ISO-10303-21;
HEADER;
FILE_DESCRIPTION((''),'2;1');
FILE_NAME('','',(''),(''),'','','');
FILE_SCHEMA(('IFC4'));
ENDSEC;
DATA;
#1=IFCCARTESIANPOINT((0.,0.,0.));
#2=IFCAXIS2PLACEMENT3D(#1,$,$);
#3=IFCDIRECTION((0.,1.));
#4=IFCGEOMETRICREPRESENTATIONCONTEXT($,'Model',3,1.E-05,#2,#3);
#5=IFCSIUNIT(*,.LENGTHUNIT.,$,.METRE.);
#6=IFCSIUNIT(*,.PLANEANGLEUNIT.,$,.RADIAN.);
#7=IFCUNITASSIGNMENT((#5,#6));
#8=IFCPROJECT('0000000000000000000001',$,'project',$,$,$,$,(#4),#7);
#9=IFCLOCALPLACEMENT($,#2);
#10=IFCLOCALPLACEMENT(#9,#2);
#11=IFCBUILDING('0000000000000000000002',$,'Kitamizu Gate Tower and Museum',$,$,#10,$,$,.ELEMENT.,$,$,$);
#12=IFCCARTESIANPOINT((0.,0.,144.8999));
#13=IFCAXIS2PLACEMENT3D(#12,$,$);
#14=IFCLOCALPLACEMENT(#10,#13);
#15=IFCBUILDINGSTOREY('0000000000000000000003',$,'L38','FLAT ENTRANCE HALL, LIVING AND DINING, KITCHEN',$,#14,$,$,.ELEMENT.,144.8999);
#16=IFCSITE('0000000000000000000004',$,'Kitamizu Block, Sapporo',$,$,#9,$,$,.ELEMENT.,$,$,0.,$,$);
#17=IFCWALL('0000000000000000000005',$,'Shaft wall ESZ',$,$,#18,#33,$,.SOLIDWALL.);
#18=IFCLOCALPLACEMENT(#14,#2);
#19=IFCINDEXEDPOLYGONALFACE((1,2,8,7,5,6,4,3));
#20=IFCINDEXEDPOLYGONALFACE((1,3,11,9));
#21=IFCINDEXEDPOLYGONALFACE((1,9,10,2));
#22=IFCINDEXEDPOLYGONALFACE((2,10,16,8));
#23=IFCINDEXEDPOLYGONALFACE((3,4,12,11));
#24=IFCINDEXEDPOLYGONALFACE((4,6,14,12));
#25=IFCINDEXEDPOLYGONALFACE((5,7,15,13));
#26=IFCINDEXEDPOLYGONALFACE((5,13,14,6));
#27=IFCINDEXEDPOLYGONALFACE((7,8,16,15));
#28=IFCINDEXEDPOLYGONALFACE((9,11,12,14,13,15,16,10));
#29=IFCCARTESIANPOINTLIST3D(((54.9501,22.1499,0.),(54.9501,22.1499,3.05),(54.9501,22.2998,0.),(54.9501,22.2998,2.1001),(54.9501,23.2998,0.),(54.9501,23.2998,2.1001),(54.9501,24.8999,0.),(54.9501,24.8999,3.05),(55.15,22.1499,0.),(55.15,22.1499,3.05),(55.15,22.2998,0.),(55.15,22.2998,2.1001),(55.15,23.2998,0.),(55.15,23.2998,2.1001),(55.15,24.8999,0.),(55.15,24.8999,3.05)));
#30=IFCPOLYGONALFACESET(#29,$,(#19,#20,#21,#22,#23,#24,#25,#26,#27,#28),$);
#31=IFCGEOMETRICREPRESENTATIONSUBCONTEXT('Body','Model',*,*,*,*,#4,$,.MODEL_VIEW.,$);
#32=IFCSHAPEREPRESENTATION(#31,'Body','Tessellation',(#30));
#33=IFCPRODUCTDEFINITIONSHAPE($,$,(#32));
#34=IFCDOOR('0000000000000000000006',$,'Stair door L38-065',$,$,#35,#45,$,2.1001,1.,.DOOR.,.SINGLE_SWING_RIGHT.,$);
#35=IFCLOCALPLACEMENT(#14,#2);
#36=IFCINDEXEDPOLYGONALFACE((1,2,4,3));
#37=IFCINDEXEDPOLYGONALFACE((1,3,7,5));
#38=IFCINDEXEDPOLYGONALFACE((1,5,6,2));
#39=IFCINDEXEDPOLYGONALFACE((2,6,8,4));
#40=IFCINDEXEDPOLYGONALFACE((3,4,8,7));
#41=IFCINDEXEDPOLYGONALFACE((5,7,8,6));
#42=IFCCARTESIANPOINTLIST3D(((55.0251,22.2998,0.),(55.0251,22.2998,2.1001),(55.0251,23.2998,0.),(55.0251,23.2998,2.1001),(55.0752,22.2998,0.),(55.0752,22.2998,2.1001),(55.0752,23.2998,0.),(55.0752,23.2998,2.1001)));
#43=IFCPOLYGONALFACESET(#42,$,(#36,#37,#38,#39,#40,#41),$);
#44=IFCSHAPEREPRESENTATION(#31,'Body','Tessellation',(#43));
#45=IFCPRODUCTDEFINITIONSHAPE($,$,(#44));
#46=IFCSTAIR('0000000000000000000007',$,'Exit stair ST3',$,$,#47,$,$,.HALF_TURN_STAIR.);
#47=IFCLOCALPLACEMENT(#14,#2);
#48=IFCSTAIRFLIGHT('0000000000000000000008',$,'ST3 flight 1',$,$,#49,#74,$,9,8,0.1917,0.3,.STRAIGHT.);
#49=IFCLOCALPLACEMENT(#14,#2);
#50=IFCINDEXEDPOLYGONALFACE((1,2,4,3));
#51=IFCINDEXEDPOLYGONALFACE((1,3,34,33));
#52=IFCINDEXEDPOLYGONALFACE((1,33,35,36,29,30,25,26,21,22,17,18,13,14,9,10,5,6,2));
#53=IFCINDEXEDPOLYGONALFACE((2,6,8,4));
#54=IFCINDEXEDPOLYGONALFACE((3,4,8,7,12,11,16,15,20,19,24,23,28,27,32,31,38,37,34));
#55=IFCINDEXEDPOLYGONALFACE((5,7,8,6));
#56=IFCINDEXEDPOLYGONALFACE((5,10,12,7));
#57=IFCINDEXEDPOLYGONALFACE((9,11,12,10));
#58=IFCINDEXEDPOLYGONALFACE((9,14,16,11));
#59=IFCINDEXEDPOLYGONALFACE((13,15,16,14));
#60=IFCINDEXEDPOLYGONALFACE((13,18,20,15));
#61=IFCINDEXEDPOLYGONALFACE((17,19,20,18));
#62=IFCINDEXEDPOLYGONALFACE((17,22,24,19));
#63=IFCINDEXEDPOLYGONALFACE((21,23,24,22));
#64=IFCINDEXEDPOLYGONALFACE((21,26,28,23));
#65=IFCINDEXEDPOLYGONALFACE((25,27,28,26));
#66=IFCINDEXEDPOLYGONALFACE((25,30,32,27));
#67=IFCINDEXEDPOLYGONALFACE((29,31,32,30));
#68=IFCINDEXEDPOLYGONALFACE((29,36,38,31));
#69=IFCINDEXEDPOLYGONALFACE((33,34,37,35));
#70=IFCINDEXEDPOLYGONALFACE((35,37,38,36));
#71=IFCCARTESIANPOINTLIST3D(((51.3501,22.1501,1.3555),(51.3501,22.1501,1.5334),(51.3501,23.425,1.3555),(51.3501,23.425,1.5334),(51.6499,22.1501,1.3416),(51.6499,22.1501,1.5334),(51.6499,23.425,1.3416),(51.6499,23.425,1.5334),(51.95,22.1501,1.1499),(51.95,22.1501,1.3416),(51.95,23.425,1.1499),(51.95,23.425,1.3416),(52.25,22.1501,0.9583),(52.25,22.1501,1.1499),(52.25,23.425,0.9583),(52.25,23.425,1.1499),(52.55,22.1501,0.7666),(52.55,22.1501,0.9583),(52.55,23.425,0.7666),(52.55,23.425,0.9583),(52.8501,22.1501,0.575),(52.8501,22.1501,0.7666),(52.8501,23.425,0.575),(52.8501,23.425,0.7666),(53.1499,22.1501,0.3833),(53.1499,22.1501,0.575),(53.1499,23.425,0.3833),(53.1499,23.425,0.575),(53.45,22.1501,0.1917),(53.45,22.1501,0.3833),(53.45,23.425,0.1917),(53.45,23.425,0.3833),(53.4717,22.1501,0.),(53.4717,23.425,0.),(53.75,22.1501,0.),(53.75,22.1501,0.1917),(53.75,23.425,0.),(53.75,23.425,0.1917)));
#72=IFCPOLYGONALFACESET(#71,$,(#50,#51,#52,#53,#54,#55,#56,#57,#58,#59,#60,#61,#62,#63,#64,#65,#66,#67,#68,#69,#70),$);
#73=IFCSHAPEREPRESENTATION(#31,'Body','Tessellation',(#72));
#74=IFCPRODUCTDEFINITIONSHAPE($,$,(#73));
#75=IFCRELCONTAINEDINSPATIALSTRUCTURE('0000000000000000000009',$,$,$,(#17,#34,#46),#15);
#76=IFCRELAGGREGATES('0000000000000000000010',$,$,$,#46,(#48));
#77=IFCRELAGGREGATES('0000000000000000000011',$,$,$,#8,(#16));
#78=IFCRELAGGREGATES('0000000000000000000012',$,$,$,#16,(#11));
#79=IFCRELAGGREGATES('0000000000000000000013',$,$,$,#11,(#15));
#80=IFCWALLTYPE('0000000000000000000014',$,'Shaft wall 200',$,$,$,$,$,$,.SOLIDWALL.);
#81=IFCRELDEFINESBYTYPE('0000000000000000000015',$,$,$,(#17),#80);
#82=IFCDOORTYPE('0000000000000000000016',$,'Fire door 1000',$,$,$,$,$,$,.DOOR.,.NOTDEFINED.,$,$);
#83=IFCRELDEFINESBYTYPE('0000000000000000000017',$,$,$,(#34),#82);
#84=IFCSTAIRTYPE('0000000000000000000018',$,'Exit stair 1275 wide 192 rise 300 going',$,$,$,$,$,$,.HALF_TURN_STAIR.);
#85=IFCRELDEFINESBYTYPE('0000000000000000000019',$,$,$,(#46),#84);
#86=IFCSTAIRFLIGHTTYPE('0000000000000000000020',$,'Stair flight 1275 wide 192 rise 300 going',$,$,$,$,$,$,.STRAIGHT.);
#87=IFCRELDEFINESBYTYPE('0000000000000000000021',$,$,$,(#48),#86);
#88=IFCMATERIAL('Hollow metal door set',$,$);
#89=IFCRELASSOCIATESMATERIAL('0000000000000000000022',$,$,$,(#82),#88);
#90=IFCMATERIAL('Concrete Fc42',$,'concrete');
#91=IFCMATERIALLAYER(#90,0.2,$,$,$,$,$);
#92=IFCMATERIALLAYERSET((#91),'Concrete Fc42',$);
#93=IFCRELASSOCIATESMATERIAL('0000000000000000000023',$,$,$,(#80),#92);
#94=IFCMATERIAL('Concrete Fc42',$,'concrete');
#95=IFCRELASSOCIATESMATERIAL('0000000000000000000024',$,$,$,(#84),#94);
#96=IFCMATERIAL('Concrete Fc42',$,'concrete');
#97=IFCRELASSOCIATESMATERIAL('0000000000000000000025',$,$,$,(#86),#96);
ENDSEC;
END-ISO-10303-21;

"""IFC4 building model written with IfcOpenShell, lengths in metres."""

from ifc_helpers import new_model, si_unit, direction, frame, frame_2d, origin, place, context, subcontext, project, spatial, polyline, rectangle, outline, extrude, material, layer, layer_set, type_object, element, fill, aggregate, save


model = new_model("IFC4")

# Units and contexts
model_context = context("Model", 3, precision=1e-05, world=origin(), true_north=direction((0.0, 1.0)))
body_context = subcontext(model_context, "Body", "Model", "MODEL_VIEW")
ifc_project = project(units=[si_unit("LENGTHUNIT", "METRE"), si_unit("PLANEANGLEUNIT", "RADIAN")], contexts=[model_context])

# Site, building, storey
site_placement = place(None, origin())
site = spatial("IfcSite", under=ifc_project, at=site_placement, Name="Kitamizu Block, Sapporo", CompositionType="ELEMENT", RefElevation=0.0)
building_placement = place(site_placement, origin())
building = spatial("IfcBuilding", under=site, at=building_placement, Name="Kitamizu Gate Tower and Museum", CompositionType="ELEMENT")
storey_placement = place(building_placement, frame((0.0, 0.0, 144.8999)))
storey = spatial("IfcBuildingStorey", under=building, at=storey_placement, Name="L38", Description="FLAT ENTRANCE HALL, LIVING AND DINING, KITCHEN", CompositionType="ELEMENT", Elevation=144.8999)

# Shared definitions
ifc_material_1 = material(Name="Hollow metal door set")
door_type_1 = type_object("IfcDoorType", Name="Fire door 1000", OperationType="NOTDEFINED", PredefinedType="DOOR", material=ifc_material_1)

# Shared definitions
ifc_material_2 = material(Name="Concrete Fc42", Category="concrete")
ifc_layer_1 = layer(ifc_material_2, 0.2)
ifc_layer_set_1 = layer_set([ifc_layer_1], Name="Concrete Fc42")
wall_type_1 = type_object("IfcWallType", Name="Shaft wall 200", PredefinedType="SOLIDWALL", material=ifc_layer_set_1)

# Wall, opening, door
wall_1_placement = place(storey_placement, frame((55.05, 22.1499, 0.0), z_axis=(0.0, 0.0, 1.0), x_axis=(0.0, 1.0, 0.0)))
wall_1 = element("IfcWall", 1, at=wall_1_placement, inside=storey, type_object=wall_type_1, Name="Shaft wall ESZ", PredefinedType="SOLIDWALL", context=body_context, shape_type="SweptSolid", body=[
    extrude(rectangle(XDim=2.75, YDim=0.2, at=frame_2d((1.375, 0.0))), origin(), (0.0, 0.0, 1.0), 3.05),
])
opening_1_placement = place(wall_1_placement, frame((0.1499, 0.0, 0.0)))
opening_1 = element("IfcOpeningElement", 2, at=opening_1_placement, cuts=wall_1, PredefinedType="OPENING", context=body_context, shape_type="SweptSolid", body=[
    extrude(rectangle(XDim=1.0, YDim=2.1001, at=frame_2d((0.5, 1.05))), frame((0.0, 0.1099, 0.0), z_axis=(0.0, -1.0, 0.0), x_axis=(1.0, 0.0, 0.0)), (0.0, 0.0, 1.0), 0.22),
])
door_1_placement = place(opening_1_placement, origin())
door_1 = element("IfcDoor", 3, at=door_1_placement, inside=storey, type_object=door_type_1, Name="Stair door L38-065", OperationType="SINGLE_SWING_RIGHT", OverallHeight=2.1001, OverallWidth=1.0, PredefinedType="DOOR", context=body_context, shape_type="SweptSolid", body=[
    extrude(rectangle(XDim=1.0, YDim=2.1001, at=frame_2d((0.5, 1.05))), frame((0.0, 0.0249, 0.0), z_axis=(0.0, -1.0, 0.0), x_axis=(1.0, 0.0, 0.0)), (0.0, 0.0, 1.0), 0.05),
])
fill(opening_1, door_1)

# Stair, stair flight
ifc_material_3 = material(Name="Concrete Fc42", Category="concrete")
stair_type = type_object("IfcStairType", Name="Exit stair 1275 wide 192 rise 300 going", PredefinedType="HALF_TURN_STAIR", material=ifc_material_3)
stair_placement = place(storey_placement, origin())
stair = element("IfcStair", 4, at=stair_placement, inside=storey, type_object=stair_type, Name="Exit stair ST3", PredefinedType="HALF_TURN_STAIR")
ifc_material_4 = material(Name="Concrete Fc42", Category="concrete")
stair_flight_type = type_object("IfcStairFlightType", Name="Stair flight 1275 wide 192 rise 300 going", PredefinedType="STRAIGHT", material=ifc_material_4)
stair_flight_placement = place(storey_placement, frame((53.75, 22.7876, 0.0), z_axis=(0.0, 0.0, 1.0), x_axis=(-1.0, 0.0, 0.0)))
stair_flight = element("IfcStairFlight", 5, at=stair_flight_placement, type_object=stair_flight_type, Name="ST3 flight 1", NumberOfRisers=9, NumberOfTreads=8, PredefinedType="STRAIGHT", RiserHeight=0.1917, TreadLength=0.3, context=body_context, shape_type="SweptSolid", body=[
    extrude(outline(polyline([(0.0, 0.0), (0.0, 0.1917), (0.3, 0.1917), (0.3, 0.3833), (0.6001, 0.3833), (0.6001, 0.575), (0.8999, 0.575), (0.8999, 0.7666), (1.2, 0.7666), (1.2, 0.9583), (1.5, 0.9583), (1.5, 1.1499), (1.8, 1.1499), (1.8, 1.3416), (2.1001, 1.3416), (2.1001, 1.5334), (2.3999, 1.5334), (2.3999, 1.7251), (2.3999, 1.3555), (0.2783, 0.0), (0.0, 0.0)])), frame((0.0, 0.6375, 0.0), z_axis=(0.0, -1.0, 0.0), x_axis=(1.0, 0.0, 0.0)), (0.0, 0.0, 1.0), 1.2749),
])
aggregate(stair, [stair_flight])

save(model, "model.ifc")
